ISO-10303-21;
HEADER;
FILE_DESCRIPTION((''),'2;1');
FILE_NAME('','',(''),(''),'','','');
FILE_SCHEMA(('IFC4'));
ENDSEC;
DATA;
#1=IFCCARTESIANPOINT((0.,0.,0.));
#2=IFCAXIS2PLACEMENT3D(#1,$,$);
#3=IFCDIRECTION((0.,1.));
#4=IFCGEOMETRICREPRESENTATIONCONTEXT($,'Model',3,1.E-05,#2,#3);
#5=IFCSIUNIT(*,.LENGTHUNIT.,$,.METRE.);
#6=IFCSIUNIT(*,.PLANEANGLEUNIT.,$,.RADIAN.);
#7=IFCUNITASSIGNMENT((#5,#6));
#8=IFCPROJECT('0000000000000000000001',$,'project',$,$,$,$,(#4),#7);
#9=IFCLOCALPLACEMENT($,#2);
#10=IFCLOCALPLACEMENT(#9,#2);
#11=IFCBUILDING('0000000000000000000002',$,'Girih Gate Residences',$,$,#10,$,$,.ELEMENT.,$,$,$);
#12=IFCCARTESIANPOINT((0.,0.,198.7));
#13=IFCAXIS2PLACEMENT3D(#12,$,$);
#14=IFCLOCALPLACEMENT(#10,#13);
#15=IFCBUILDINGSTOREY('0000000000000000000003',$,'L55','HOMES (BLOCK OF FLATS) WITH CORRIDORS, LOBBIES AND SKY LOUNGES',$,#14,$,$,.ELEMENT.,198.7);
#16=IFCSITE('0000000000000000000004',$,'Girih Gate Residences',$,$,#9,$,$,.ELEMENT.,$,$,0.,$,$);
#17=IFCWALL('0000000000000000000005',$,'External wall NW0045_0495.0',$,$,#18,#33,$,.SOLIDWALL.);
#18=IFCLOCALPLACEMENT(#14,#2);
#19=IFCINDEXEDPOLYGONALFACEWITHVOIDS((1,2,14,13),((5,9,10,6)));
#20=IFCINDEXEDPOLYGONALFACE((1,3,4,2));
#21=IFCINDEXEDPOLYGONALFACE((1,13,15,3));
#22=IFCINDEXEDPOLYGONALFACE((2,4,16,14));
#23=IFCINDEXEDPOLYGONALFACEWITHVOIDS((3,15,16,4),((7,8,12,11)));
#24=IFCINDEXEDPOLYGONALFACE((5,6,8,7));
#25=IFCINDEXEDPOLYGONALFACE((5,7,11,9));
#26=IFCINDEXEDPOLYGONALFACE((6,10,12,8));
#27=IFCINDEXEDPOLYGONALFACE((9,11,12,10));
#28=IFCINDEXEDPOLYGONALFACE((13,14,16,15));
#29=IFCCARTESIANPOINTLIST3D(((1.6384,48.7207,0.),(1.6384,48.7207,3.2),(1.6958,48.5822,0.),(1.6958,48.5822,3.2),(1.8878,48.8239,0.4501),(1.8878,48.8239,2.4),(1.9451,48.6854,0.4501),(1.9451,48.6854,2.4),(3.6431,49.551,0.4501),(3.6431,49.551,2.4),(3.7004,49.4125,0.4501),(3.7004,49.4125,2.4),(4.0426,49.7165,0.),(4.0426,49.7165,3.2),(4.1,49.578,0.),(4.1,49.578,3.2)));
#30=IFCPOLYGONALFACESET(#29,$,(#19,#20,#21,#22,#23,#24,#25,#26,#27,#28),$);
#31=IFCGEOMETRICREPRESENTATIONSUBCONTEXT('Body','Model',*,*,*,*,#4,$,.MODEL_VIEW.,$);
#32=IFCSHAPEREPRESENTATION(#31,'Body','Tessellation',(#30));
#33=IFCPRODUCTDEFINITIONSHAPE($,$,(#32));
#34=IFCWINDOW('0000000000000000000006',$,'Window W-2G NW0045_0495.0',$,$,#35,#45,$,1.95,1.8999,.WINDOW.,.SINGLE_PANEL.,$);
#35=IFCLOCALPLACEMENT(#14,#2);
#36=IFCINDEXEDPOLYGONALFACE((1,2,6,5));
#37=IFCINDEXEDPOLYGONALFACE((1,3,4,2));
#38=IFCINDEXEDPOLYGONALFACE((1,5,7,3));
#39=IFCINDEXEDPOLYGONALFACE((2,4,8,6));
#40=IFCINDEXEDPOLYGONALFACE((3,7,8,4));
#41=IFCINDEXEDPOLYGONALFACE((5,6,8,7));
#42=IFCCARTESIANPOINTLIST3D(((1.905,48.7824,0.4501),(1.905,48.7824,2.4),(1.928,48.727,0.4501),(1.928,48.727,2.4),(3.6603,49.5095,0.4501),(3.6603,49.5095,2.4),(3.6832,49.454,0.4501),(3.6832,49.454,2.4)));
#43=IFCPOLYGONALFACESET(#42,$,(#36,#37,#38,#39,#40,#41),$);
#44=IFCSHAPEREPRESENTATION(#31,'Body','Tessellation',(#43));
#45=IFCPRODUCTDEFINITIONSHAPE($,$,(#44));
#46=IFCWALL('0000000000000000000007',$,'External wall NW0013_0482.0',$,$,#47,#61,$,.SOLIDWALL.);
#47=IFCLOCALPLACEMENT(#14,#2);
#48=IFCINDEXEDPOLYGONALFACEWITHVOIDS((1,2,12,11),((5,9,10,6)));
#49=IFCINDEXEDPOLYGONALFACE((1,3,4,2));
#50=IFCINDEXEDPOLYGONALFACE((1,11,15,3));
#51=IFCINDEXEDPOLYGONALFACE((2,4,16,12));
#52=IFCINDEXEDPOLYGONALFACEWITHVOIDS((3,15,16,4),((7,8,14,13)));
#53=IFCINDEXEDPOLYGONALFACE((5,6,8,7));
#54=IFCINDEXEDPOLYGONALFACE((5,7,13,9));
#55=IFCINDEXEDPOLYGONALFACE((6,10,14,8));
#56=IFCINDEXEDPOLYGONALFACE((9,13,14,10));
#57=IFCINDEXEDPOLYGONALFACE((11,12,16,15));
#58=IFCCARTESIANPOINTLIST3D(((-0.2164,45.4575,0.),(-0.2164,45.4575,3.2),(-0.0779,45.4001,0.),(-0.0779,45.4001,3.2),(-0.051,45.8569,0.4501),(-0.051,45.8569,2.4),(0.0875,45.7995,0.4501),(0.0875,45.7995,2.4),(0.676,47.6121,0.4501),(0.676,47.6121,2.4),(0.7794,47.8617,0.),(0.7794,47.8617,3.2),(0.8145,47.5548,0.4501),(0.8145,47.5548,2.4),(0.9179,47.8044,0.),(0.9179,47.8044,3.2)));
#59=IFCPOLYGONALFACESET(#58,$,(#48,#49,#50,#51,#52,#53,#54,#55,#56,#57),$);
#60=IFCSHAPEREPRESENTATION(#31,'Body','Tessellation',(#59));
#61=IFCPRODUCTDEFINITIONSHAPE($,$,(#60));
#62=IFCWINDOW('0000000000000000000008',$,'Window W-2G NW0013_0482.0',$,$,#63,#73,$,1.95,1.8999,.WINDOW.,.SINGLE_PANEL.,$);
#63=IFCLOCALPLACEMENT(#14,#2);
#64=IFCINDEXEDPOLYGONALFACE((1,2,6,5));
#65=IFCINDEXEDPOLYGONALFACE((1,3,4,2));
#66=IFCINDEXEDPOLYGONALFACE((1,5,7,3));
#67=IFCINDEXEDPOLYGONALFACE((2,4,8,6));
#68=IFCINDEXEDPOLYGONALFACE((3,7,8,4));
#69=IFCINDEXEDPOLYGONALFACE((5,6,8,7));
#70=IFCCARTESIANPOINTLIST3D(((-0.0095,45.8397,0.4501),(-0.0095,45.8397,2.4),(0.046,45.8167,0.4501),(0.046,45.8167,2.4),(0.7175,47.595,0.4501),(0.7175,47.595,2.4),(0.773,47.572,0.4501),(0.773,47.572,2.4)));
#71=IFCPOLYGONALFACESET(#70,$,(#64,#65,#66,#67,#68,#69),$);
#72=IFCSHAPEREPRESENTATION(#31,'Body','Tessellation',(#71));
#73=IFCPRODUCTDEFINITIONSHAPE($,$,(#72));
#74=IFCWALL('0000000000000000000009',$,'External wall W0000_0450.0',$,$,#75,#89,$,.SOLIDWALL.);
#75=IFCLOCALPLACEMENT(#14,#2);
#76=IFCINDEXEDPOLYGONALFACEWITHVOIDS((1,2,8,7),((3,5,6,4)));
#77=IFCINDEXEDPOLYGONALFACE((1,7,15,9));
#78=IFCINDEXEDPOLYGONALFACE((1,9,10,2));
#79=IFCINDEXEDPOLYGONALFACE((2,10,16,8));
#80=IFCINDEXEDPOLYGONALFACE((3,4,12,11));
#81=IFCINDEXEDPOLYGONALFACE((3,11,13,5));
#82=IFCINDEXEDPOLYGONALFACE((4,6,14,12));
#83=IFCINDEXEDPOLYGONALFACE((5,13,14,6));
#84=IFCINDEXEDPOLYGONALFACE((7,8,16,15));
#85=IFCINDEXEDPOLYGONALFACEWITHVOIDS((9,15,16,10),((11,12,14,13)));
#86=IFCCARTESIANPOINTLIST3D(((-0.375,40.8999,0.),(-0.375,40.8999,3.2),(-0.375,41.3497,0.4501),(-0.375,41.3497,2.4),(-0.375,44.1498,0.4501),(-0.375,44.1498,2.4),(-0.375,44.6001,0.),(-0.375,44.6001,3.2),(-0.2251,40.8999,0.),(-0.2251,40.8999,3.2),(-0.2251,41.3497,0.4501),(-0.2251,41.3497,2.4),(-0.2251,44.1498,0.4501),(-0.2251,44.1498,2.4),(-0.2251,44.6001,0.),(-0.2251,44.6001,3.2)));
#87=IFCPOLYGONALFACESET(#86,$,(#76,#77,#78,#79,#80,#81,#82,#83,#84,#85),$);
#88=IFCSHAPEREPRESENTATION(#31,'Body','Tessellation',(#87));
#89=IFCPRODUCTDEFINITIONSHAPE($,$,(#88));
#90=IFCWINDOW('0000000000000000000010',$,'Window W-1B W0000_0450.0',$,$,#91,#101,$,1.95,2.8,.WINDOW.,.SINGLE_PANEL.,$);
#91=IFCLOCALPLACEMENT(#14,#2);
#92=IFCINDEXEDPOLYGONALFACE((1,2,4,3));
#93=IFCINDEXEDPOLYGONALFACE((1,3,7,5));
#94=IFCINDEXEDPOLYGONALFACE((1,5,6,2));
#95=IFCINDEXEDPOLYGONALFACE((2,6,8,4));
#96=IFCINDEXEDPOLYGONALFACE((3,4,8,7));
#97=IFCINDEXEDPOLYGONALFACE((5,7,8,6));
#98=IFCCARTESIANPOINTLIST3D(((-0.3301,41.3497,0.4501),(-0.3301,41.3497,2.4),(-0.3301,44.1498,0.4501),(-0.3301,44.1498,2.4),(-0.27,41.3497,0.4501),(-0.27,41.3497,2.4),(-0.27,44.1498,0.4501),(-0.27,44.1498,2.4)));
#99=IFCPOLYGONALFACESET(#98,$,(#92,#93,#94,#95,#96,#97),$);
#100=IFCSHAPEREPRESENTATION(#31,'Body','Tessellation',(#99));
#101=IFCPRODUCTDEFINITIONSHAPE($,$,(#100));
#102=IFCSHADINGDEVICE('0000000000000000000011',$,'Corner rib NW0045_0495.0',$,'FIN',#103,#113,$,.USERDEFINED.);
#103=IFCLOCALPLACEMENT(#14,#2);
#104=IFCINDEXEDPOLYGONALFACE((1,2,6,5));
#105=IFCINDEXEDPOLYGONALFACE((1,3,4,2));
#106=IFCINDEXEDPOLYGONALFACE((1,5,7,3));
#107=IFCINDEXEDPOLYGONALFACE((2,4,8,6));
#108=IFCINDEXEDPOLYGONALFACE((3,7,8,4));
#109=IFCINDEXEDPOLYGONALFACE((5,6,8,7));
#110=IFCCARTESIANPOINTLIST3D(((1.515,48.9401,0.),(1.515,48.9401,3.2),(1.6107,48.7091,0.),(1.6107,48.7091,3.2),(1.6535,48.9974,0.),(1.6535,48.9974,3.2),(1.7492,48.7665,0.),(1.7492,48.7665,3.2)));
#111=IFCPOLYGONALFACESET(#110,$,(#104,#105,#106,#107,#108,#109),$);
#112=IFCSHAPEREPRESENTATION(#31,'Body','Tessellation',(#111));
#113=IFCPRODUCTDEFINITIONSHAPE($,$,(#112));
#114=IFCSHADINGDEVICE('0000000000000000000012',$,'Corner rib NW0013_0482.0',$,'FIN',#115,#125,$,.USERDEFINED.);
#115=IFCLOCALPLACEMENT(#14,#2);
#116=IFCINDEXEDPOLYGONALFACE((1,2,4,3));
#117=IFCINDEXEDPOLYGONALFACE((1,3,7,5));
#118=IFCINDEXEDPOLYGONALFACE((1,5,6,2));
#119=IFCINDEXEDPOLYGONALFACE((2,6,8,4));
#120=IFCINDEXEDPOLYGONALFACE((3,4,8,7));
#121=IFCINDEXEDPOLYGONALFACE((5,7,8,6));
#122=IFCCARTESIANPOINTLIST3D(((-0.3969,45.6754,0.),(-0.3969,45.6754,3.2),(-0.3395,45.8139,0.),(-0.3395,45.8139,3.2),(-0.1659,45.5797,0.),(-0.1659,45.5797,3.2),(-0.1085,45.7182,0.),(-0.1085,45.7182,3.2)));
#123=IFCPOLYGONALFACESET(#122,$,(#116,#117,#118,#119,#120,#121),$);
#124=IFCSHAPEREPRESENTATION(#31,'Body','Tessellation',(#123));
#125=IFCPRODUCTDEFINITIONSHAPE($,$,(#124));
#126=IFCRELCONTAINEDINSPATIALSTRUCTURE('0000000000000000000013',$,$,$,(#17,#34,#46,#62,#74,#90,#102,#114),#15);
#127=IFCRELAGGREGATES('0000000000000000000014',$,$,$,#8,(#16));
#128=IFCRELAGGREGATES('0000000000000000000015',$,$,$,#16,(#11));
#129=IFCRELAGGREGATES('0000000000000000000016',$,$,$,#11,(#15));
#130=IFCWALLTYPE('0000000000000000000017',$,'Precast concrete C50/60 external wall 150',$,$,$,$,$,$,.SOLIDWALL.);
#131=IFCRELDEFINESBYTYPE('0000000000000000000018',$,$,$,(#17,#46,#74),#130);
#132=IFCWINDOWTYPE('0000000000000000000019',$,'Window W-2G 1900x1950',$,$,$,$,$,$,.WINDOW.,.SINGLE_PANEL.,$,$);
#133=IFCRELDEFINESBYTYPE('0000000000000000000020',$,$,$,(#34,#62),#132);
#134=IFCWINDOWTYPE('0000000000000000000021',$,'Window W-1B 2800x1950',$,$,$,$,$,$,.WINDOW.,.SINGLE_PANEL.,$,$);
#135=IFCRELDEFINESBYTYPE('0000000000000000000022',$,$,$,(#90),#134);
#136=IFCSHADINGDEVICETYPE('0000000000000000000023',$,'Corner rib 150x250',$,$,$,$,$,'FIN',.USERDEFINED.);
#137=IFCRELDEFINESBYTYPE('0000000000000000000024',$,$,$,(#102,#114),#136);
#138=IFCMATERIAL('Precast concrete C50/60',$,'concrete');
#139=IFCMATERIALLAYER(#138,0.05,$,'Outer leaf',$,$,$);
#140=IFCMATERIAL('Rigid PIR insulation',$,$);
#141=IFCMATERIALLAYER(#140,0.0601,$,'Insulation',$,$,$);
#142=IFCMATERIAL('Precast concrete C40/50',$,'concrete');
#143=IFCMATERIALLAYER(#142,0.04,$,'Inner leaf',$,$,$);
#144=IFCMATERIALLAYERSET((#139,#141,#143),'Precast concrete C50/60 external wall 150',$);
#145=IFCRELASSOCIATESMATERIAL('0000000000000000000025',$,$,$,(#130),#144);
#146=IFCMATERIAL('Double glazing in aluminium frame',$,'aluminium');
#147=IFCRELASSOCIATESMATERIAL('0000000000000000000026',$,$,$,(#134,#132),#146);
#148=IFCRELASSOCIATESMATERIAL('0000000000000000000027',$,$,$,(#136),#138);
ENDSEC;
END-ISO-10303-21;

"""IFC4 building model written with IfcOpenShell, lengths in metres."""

from ifc_helpers import new_model, si_unit, direction, frame, frame_2d, origin, origin_2d, place, context, subcontext, project, spatial, rectangle, extrude, material, layer, layer_set, type_object, element, fill, save


model = new_model("IFC4")

# Units and contexts
model_context = context("Model", 3, precision=1e-05, world=origin(), true_north=direction((0.0, 1.0)))
body_context = subcontext(model_context, "Body", "Model", "MODEL_VIEW")
ifc_project = project(units=[si_unit("LENGTHUNIT", "METRE"), si_unit("PLANEANGLEUNIT", "RADIAN")], contexts=[model_context])

# Site, building, storey
site_placement = place(None, origin())
site = spatial("IfcSite", under=ifc_project, at=site_placement, Name="Girih Gate Residences", CompositionType="ELEMENT", RefElevation=0.0)
building_placement = place(site_placement, origin())
building = spatial("IfcBuilding", under=site, at=building_placement, Name="Girih Gate Residences", CompositionType="ELEMENT")
storey_placement = place(building_placement, frame((0.0, 0.0, 198.7)))
storey = spatial("IfcBuildingStorey", under=building, at=storey_placement, Name="L55", Description="HOMES (BLOCK OF FLATS) WITH CORRIDORS, LOBBIES AND SKY LOUNGES", CompositionType="ELEMENT", Elevation=198.7)

# Walls, openings, windows
ifc_material_1 = material(Name="Precast concrete C50/60", Category="concrete")
ifc_layer_1 = layer(ifc_material_1, 0.05, Name="Outer leaf")
ifc_material_2 = material(Name="Rigid PIR insulation")
ifc_layer_2 = layer(ifc_material_2, 0.0601, Name="Insulation")
ifc_material_3 = material(Name="Precast concrete C40/50", Category="concrete")
ifc_layer_3 = layer(ifc_material_3, 0.04, Name="Inner leaf")
ifc_layer_set_1 = layer_set([ifc_layer_1, ifc_layer_2, ifc_layer_3], Name="Precast concrete C50/60 external wall 150")
wall_type_1 = type_object("IfcWallType", Name="Precast concrete C50/60 external wall 150", PredefinedType="SOLIDWALL", material=ifc_layer_set_1)
ifc_material_4 = material(Name="Double glazing in aluminium frame", Category="aluminium")
window_type_1 = type_object("IfcWindowType", Name="Window W-1B 2800x1950", PartitioningType="SINGLE_PANEL", PredefinedType="WINDOW", material=ifc_material_4)
wall_1_placement = place(storey_placement, frame((1.667, 48.6514, 0.0), z_axis=(0.0, 0.0, 1.0), x_axis=(0.923885, 0.382669, 0.0)))
wall_1 = element("IfcWall", 1, at=wall_1_placement, inside=storey, type_object=wall_type_1, Name="External wall NW0045_0495.0", PredefinedType="SOLIDWALL", context=body_context, shape_type="SweptSolid", body=[
    extrude(rectangle(XDim=2.6023, YDim=0.1499, at=frame_2d((1.3013, 0.0))), origin(), (0.0, 0.0, 1.0), 3.2),
])
opening_1_placement = place(wall_1_placement, frame((0.27, 0.0, 0.45)))
opening_1 = element("IfcOpeningElement", 2, at=opening_1_placement, cuts=wall_1, PredefinedType="OPENING", context=body_context, shape_type="SweptSolid", body=[
    extrude(rectangle(XDim=1.8999, YDim=1.95, at=frame_2d((0.95, 0.9751))), frame((0.0, 0.085, 0.0), z_axis=(0.0, -1.0, 0.0), x_axis=(1.0, 0.0, 0.0)), (0.0, 0.0, 1.0), 0.1699),
])
window_type_2 = type_object("IfcWindowType", Name="Window W-2G 1900x1950", PartitioningType="SINGLE_PANEL", PredefinedType="WINDOW", material=ifc_material_4)
window_1_placement = place(opening_1_placement, origin())
window_1 = element("IfcWindow", 3, at=window_1_placement, inside=storey, type_object=window_type_2, Name="Window W-2G NW0045_0495.0", OverallHeight=1.95, OverallWidth=1.8999, PartitioningType="SINGLE_PANEL", PredefinedType="WINDOW", context=body_context, shape_type="SweptSolid", body=[
    extrude(rectangle(XDim=1.8999, YDim=1.95, at=frame_2d((0.95, 0.9751))), frame((0.0, 0.03, 0.0), z_axis=(0.0, -1.0, 0.0), x_axis=(1.0, 0.0, 0.0)), (0.0, 0.0, 1.0), 0.0601),
])
fill(opening_1, window_1)
wall_2_placement = place(storey_placement, frame((-0.1472, 45.4287, 0.0), z_axis=(0.0, 0.0, 1.0), x_axis=(0.382669, 0.923885, 0.0)))
wall_2 = element("IfcWall", 4, at=wall_2_placement, inside=storey, type_object=wall_type_1, Name="External wall NW0013_0482.0", PredefinedType="SOLIDWALL", context=body_context, shape_type="SweptSolid", body=[
    extrude(rectangle(XDim=2.6023, YDim=0.1499, at=frame_2d((1.3013, 0.0))), origin(), (0.0, 0.0, 1.0), 3.2),
])
opening_2_placement = place(wall_2_placement, frame((0.4324, 0.0, 0.45)))
opening_2 = element("IfcOpeningElement", 5, at=opening_2_placement, cuts=wall_2, PredefinedType="OPENING", context=body_context, shape_type="SweptSolid", body=[
    extrude(rectangle(XDim=1.8999, YDim=1.95, at=frame_2d((0.95, 0.9751))), frame((0.0, 0.085, 0.0), z_axis=(0.0, -1.0, 0.0), x_axis=(1.0, 0.0, 0.0)), (0.0, 0.0, 1.0), 0.1699),
])
window_2_placement = place(opening_2_placement, origin())
window_2 = element("IfcWindow", 6, at=window_2_placement, inside=storey, type_object=window_type_2, Name="Window W-2G NW0013_0482.0", OverallHeight=1.95, OverallWidth=1.8999, PartitioningType="SINGLE_PANEL", PredefinedType="WINDOW", context=body_context, shape_type="SweptSolid", body=[
    extrude(rectangle(XDim=1.8999, YDim=1.95, at=frame_2d((0.95, 0.9751))), frame((0.0, 0.03, 0.0), z_axis=(0.0, -1.0, 0.0), x_axis=(1.0, 0.0, 0.0)), (0.0, 0.0, 1.0), 0.0601),
])
fill(opening_2, window_2)
wall_3_placement = place(storey_placement, frame((-0.3, 40.8999, 0.0), z_axis=(0.0, 0.0, 1.0), x_axis=(0.0, 1.0, 0.0)))
wall_3 = element("IfcWall", 7, at=wall_3_placement, inside=storey, type_object=wall_type_1, Name="External wall W0000_0450.0", PredefinedType="SOLIDWALL", context=body_context, shape_type="SweptSolid", body=[
    extrude(rectangle(XDim=3.7002, YDim=0.1499, at=frame_2d((1.8501, 0.0))), origin(), (0.0, 0.0, 1.0), 3.2),
])
opening_3_placement = place(wall_3_placement, frame((0.45, 0.0, 0.45)))
opening_3 = element("IfcOpeningElement", 8, at=opening_3_placement, cuts=wall_3, PredefinedType="OPENING", context=body_context, shape_type="SweptSolid", body=[
    extrude(rectangle(XDim=2.8, YDim=1.95, at=frame_2d((1.3999, 0.9751))), frame((0.0, 0.085, 0.0), z_axis=(0.0, -1.0, 0.0), x_axis=(1.0, 0.0, 0.0)), (0.0, 0.0, 1.0), 0.1699),
])
window_3_placement = place(opening_3_placement, origin())
window_3 = element("IfcWindow", 9, at=window_3_placement, inside=storey, type_object=window_type_1, Name="Window W-1B W0000_0450.0", OverallHeight=1.95, OverallWidth=2.8, PartitioningType="SINGLE_PANEL", PredefinedType="WINDOW", context=body_context, shape_type="SweptSolid", body=[
    extrude(rectangle(XDim=2.8, YDim=1.95, at=frame_2d((1.3999, 0.9751))), frame((0.0, 0.03, 0.0), z_axis=(0.0, -1.0, 0.0), x_axis=(1.0, 0.0, 0.0)), (0.0, 0.0, 1.0), 0.0601),
])
fill(opening_3, window_3)

# Shading devices
shading_device_type = type_object("IfcShadingDeviceType", Name="Corner rib 150x250", ElementType="FIN", PredefinedType="USERDEFINED", material=ifc_material_1)
for number, where, z_axis, x_axis, name in (
    (10, (1.6321, 48.8533, 0.0), (0.0, 0.0, 1.0), (-0.92388, -0.382683, 0.0), "Corner rib NW0045_0495.0"),
    (11, (-0.2527, 45.6968, 0.0), (0.0, 0.0, 1.0), (-0.382683, -0.92388, 0.0), "Corner rib NW0013_0482.0"),
):
    element("IfcShadingDevice", number, at=place(storey_placement, frame(where, z_axis=z_axis, x_axis=x_axis)), inside=storey, type_object=shading_device_type, Name=name, ObjectType="FIN", PredefinedType="USERDEFINED", context=body_context, shape_type="SweptSolid", body=[
        extrude(rectangle(XDim=0.1499, YDim=0.25, at=origin_2d()), origin(), (0.0, 0.0, 1.0), 3.2),
    ])

save(model, "model.ifc")
